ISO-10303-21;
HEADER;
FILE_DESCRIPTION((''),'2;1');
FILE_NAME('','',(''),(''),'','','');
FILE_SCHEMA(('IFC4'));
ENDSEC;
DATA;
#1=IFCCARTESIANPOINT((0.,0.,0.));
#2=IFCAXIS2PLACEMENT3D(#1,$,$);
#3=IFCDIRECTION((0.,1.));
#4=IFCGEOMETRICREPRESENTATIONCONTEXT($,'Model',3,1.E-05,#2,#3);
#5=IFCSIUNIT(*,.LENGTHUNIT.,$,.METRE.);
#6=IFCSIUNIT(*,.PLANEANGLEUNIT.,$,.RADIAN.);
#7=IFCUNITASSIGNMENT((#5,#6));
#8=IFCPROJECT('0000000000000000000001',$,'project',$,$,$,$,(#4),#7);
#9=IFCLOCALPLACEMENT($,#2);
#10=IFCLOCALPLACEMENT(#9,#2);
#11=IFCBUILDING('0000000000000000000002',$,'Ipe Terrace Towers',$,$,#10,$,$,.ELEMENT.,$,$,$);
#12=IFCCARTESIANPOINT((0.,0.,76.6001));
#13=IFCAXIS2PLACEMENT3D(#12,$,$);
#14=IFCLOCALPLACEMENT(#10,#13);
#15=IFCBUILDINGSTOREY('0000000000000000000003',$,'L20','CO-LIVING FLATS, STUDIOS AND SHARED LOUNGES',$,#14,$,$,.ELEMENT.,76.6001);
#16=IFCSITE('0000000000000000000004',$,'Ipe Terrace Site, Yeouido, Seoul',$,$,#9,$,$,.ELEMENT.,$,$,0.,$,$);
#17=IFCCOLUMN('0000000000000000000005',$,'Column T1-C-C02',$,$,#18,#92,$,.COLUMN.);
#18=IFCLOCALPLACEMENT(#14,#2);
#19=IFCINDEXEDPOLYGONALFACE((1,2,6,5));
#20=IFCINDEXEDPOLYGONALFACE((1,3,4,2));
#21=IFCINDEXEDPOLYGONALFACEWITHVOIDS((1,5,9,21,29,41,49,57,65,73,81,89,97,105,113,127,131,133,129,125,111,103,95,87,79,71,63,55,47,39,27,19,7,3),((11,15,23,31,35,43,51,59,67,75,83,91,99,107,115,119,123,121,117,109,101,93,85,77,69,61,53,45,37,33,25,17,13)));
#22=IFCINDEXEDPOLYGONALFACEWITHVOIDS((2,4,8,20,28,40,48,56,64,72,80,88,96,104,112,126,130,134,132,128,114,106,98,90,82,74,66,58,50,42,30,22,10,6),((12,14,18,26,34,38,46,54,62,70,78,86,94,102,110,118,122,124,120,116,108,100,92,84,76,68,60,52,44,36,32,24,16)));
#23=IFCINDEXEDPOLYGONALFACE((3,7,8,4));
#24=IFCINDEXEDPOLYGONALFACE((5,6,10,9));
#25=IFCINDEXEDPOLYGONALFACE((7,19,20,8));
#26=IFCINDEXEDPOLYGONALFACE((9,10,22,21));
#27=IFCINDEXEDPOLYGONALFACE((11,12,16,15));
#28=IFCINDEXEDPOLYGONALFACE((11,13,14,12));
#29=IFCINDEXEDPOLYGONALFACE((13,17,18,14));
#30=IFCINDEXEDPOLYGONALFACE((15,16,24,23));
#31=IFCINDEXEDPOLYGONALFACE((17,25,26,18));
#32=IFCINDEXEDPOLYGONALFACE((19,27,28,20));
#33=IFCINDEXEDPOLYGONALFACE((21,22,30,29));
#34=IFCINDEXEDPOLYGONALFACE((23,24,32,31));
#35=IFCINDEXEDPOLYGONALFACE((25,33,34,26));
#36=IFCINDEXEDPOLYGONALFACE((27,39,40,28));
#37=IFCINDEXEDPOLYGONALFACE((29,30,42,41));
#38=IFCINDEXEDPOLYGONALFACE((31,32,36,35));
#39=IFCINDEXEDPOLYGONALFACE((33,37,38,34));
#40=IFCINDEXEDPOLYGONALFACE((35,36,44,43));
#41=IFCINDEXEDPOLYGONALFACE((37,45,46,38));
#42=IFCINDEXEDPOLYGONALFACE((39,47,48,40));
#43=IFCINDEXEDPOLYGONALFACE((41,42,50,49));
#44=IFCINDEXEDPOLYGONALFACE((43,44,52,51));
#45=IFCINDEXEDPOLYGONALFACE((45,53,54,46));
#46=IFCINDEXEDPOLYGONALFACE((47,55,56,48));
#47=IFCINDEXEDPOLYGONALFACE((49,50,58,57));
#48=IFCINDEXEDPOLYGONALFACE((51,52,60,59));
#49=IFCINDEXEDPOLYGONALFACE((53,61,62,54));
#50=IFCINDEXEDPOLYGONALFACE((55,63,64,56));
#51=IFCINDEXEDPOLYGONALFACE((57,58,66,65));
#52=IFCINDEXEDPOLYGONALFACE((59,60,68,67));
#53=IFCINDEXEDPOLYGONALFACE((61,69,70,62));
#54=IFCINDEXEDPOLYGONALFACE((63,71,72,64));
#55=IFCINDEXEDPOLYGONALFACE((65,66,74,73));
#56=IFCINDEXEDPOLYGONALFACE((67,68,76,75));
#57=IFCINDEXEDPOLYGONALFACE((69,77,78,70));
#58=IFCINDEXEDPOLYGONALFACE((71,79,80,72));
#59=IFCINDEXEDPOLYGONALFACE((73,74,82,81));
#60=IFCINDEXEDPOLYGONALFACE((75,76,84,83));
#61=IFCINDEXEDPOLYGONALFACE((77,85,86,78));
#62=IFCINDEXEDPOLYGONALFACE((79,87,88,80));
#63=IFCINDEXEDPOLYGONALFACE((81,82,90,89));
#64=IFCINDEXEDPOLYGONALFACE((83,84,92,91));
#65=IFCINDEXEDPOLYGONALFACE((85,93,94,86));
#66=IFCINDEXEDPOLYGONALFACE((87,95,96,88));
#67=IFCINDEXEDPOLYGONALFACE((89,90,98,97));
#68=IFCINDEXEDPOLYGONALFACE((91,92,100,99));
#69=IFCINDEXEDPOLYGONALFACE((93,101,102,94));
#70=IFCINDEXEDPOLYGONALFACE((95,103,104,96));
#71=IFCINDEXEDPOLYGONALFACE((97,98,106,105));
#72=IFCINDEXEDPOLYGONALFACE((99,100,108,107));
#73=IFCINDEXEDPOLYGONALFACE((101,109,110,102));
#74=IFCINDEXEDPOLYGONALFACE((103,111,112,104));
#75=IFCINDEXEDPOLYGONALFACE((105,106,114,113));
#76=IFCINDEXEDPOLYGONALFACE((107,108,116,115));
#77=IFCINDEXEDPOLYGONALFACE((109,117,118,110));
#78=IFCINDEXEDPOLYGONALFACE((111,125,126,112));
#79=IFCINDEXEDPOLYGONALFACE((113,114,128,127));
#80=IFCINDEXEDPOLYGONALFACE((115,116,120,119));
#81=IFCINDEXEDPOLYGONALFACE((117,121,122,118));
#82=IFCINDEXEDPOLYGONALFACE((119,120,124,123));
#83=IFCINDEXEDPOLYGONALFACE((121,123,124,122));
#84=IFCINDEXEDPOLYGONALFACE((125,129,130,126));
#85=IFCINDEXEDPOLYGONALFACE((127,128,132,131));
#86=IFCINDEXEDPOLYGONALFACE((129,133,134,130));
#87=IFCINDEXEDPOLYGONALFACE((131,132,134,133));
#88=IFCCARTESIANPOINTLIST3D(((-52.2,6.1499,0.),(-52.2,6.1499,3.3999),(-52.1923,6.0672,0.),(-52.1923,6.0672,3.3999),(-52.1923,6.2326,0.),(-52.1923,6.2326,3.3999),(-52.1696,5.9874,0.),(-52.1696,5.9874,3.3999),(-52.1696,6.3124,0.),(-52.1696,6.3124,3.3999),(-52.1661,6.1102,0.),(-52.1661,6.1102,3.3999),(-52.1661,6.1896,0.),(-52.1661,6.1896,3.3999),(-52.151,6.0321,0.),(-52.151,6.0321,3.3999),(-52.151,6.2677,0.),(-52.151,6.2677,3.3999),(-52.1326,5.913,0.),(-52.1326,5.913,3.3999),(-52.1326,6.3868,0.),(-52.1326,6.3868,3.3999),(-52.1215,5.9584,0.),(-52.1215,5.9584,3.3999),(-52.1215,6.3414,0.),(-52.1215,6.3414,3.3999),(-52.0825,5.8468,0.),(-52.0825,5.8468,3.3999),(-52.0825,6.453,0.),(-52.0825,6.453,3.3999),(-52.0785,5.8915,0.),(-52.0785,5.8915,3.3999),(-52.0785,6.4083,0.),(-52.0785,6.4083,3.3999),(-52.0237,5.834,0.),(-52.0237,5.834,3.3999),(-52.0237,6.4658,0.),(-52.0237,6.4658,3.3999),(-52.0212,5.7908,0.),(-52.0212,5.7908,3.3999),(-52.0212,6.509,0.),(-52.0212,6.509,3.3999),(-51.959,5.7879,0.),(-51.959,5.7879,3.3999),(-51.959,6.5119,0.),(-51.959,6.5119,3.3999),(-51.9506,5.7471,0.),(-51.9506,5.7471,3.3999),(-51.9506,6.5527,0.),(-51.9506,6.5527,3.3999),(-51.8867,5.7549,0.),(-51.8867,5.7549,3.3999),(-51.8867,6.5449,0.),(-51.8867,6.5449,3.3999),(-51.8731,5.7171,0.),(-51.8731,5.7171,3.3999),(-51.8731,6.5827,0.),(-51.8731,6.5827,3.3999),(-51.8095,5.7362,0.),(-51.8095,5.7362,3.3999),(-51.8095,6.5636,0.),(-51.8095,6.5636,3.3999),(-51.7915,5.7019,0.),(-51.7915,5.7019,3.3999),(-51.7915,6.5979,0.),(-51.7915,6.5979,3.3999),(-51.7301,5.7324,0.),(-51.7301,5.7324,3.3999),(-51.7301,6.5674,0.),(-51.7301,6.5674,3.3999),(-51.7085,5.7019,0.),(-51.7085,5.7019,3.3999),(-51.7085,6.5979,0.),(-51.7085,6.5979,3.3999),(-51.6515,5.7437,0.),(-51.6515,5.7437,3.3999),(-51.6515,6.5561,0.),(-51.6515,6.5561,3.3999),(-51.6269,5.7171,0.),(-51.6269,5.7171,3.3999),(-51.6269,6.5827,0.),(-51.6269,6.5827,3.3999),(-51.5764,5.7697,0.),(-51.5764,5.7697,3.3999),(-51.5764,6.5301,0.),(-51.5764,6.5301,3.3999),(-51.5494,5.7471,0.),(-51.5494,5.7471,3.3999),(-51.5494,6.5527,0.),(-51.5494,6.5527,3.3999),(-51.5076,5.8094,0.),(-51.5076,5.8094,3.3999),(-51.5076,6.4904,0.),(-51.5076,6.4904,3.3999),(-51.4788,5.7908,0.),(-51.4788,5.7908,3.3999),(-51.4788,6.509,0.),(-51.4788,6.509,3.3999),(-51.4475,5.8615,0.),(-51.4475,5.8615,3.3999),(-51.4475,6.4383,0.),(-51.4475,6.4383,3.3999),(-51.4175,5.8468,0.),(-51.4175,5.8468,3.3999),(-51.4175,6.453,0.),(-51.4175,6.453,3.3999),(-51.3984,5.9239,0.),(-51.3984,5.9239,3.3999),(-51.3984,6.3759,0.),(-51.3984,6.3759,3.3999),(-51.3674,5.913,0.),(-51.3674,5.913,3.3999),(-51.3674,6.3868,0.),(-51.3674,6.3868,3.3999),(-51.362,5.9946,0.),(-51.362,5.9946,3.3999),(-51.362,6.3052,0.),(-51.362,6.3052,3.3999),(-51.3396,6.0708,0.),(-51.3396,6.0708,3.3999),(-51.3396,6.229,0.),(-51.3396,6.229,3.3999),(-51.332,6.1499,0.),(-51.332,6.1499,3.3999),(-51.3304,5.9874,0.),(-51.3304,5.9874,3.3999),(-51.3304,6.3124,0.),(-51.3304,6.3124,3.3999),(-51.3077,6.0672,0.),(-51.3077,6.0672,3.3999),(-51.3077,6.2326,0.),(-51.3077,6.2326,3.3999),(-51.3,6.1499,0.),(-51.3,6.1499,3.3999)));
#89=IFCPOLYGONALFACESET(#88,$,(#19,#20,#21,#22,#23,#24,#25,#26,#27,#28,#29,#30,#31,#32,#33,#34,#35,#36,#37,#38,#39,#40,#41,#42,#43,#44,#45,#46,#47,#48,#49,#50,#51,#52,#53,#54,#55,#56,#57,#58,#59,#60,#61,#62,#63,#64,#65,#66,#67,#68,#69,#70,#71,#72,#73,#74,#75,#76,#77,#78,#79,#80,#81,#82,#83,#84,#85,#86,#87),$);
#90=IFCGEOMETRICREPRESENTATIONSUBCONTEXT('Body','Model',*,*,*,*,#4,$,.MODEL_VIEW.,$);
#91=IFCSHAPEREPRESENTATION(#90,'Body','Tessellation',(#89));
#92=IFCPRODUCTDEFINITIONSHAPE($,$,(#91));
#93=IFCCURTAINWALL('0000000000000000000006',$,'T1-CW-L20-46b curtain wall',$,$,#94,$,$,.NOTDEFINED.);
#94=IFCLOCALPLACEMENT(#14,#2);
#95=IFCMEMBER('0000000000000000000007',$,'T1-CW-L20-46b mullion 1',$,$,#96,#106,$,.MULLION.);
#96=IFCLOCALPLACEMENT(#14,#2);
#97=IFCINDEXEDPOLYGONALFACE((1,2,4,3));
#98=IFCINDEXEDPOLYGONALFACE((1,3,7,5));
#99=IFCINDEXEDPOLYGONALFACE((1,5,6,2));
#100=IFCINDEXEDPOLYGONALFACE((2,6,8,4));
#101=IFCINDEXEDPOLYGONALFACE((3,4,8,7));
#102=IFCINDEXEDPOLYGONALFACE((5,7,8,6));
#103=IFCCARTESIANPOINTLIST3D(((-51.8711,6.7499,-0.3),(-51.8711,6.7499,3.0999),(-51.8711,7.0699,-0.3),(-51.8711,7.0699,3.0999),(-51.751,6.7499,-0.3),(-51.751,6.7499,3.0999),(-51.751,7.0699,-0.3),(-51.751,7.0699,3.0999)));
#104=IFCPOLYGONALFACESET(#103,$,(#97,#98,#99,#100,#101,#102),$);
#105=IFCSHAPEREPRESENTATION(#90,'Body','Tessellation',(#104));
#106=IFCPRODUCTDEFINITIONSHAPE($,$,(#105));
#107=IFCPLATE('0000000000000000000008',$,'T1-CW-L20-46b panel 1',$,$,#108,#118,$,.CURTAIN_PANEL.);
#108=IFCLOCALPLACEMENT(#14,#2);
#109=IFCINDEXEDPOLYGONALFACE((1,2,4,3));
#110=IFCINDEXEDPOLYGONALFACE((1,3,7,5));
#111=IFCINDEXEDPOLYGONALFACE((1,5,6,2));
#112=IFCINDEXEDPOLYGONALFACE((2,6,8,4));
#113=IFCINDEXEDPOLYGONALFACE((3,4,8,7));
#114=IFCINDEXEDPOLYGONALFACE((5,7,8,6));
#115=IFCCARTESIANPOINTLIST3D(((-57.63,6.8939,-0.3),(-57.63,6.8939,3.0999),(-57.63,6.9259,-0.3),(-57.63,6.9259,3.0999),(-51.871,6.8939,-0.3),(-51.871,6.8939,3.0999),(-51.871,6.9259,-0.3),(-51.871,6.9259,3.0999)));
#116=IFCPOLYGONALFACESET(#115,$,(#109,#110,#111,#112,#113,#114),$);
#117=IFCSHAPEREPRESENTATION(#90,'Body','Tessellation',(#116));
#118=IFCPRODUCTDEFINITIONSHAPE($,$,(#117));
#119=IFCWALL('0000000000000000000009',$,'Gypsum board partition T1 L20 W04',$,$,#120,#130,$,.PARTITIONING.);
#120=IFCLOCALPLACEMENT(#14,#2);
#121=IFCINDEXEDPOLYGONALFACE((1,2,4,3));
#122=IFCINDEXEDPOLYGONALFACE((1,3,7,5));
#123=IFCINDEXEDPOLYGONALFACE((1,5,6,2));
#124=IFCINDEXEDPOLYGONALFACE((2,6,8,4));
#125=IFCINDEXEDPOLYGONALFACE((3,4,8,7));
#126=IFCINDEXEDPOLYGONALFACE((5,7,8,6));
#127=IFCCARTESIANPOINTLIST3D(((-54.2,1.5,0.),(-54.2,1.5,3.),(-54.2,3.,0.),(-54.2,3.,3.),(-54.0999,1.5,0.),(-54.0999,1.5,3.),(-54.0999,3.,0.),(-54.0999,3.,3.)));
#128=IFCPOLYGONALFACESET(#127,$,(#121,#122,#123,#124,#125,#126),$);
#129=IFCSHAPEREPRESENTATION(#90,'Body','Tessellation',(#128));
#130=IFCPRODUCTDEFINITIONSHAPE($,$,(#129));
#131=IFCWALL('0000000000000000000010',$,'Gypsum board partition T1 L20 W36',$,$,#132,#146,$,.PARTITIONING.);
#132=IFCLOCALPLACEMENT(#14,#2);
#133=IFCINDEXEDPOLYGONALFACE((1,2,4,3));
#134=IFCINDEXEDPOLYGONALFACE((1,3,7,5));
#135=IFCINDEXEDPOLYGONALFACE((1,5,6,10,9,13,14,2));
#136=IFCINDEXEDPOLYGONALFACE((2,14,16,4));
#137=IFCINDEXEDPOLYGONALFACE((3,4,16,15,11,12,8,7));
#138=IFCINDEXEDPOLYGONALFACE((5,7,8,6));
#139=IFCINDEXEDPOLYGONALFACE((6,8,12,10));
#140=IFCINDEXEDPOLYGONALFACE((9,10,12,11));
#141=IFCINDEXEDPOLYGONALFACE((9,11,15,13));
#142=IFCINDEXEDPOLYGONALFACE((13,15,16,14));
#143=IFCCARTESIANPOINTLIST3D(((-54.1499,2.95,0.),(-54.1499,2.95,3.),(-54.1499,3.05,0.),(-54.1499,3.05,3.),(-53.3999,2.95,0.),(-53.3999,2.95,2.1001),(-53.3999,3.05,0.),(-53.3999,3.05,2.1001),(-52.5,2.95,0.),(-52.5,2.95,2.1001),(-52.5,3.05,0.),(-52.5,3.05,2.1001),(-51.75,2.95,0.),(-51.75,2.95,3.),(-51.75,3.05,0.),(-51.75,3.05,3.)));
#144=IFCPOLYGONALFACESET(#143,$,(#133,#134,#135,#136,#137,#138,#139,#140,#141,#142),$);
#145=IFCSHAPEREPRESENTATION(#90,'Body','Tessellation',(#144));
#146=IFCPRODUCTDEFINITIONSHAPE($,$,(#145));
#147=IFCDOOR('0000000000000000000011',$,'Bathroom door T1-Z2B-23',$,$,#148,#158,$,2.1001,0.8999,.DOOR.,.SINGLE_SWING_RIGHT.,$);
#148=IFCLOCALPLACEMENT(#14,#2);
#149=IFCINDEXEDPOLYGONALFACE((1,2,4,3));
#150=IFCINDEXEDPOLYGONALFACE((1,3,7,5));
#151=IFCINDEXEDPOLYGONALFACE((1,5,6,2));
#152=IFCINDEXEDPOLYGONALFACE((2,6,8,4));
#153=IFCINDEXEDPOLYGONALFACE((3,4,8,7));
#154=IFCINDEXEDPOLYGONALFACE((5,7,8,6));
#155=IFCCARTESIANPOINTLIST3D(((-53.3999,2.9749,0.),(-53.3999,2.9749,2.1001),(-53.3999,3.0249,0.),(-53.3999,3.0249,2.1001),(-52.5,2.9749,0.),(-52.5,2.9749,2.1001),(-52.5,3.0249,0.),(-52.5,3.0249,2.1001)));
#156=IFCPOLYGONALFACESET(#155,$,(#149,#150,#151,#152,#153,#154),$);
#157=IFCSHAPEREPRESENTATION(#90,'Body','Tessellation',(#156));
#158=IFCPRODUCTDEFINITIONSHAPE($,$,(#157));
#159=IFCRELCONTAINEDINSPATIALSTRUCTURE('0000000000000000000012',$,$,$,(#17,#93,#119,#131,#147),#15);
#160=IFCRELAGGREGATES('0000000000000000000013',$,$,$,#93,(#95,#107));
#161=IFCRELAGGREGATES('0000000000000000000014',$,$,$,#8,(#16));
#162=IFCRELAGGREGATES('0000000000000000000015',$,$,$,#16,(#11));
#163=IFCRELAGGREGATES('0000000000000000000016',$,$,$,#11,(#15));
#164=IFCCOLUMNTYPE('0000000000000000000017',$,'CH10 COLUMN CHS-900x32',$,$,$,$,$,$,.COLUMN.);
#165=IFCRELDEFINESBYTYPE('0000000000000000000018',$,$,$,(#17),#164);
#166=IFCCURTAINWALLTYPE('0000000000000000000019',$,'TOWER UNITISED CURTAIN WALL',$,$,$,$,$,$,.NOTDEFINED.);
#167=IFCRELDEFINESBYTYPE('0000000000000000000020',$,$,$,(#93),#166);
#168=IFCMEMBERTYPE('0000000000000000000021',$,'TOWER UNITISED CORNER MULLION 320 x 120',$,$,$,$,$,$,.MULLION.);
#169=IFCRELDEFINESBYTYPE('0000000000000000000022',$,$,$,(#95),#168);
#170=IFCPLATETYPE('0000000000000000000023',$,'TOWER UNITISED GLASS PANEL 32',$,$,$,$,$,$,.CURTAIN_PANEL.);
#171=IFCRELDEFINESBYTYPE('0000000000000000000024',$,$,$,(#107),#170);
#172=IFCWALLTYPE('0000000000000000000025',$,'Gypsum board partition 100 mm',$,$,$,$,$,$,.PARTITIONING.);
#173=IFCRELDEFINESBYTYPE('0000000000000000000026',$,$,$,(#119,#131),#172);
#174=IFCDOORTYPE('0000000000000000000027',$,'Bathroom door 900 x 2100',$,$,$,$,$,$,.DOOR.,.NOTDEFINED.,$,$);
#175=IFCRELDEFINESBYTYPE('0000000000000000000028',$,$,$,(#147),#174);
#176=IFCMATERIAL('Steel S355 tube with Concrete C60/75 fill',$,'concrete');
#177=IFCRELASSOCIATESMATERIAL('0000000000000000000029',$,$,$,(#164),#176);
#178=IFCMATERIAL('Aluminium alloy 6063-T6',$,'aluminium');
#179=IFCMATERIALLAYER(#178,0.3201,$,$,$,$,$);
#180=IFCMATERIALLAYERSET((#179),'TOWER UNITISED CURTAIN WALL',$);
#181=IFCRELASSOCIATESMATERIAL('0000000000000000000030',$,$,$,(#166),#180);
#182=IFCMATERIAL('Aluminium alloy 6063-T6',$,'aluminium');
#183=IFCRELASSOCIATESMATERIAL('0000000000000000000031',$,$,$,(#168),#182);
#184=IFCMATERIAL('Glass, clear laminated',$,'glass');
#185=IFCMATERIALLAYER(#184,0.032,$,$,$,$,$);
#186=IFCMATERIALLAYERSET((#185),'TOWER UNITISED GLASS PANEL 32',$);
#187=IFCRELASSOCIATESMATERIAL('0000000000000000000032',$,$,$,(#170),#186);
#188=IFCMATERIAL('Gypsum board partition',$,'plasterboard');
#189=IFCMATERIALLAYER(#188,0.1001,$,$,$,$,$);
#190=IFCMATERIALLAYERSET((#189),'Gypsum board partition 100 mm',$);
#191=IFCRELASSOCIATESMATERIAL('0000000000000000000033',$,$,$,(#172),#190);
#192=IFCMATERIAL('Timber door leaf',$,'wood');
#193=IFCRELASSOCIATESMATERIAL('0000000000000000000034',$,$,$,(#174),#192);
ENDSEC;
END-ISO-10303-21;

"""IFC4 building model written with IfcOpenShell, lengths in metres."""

from ifc_helpers import new_model, si_unit, direction, frame, frame_2d, origin, origin_2d, place, context, subcontext, project, spatial, rectangle, hollow_circle, extrude, material, layer, layer_set, material_profile, profile_set, type_object, element, fill, aggregate, save


model = new_model("IFC4")

# Units and contexts
model_context = context("Model", 3, precision=1e-05, world=origin(), true_north=direction((0.0, 1.0)))
body_context = subcontext(model_context, "Body", "Model", "MODEL_VIEW")
ifc_project = project(units=[si_unit("LENGTHUNIT", "METRE"), si_unit("PLANEANGLEUNIT", "RADIAN")], contexts=[model_context])

# Site, building, storey
site_placement = place(None, origin())
site = spatial("IfcSite", under=ifc_project, at=site_placement, Name="Ipe Terrace Site, Yeouido, Seoul", CompositionType="ELEMENT", RefElevation=0.0)
building_placement = place(site_placement, origin())
building = spatial("IfcBuilding", under=site, at=building_placement, Name="Ipe Terrace Towers", CompositionType="ELEMENT")
storey_placement = place(building_placement, frame((0.0, 0.0, 76.6001)))
storey = spatial("IfcBuildingStorey", under=building, at=storey_placement, Name="L20", Description="CO-LIVING FLATS, STUDIOS AND SHARED LOUNGES", CompositionType="ELEMENT", Elevation=76.6001)

# Column
ifc_material_1 = material(Name="Steel S355 tube with Concrete C60/75 fill", Category="concrete")
ifc_material_profile_1 = material_profile(ifc_material_1, hollow_circle(Radius=0.45, WallThickness=0.032, at=origin_2d()), Name="CHS-900x32")
ifc_profile_set_1 = profile_set([ifc_material_profile_1], Name="Steel S355 tube with Concrete C60/75 fill")
column_type = type_object("IfcColumnType", Name="CH10 COLUMN CHS-900x32", PredefinedType="COLUMN", material=ifc_profile_set_1)
column_placement = place(storey_placement, frame((-51.75, 6.1499, 0.0), z_axis=(0.0, 0.0, 1.0), x_axis=(1.0, 0.0, 0.0)))
element("IfcColumn", 1, at=column_placement, inside=storey, type_object=column_type, Name="Column T1-C-C02", PredefinedType="COLUMN", context=body_context, shape_type="SweptSolid", body=[
    extrude(hollow_circle(Radius=0.45, WallThickness=0.032, at=origin_2d()), origin(), (0.0, 0.0, 1.0), 3.3999),
])

# Curtain wall, member, plate
ifc_material_2 = material(Name="Aluminium alloy 6063-T6", Category="aluminium")
ifc_layer_1 = layer(ifc_material_2, 0.3201)
ifc_layer_set_1 = layer_set([ifc_layer_1], Name="TOWER UNITISED CURTAIN WALL")
curtain_wall_type = type_object("IfcCurtainWallType", Name="TOWER UNITISED CURTAIN WALL", PredefinedType="NOTDEFINED", material=ifc_layer_set_1)
curtain_wall_placement = place(storey_placement, origin())
curtain_wall = element("IfcCurtainWall", 2, at=curtain_wall_placement, inside=storey, type_object=curtain_wall_type, Name="T1-CW-L20-46b curtain wall", PredefinedType="NOTDEFINED")
ifc_material_3 = material(Name="Aluminium alloy 6063-T6", Category="aluminium")
ifc_material_profile_2 = material_profile(ifc_material_3, rectangle(XDim=0.3201, YDim=0.1201, at=origin_2d()), Name="TOWER UNITISED CORNER MULLION 320 x 120")
ifc_profile_set_2 = profile_set([ifc_material_profile_2], Name="Aluminium alloy 6063-T6")
member_type = type_object("IfcMemberType", Name="TOWER UNITISED CORNER MULLION 320 x 120", PredefinedType="MULLION", material=ifc_profile_set_2)
member_placement = place(storey_placement, frame((-51.811, 6.9099, -0.3), z_axis=(0.0, 0.0, 1.0), x_axis=(0.0, 1.0, 0.0)))
member = element("IfcMember", 3, at=member_placement, type_object=member_type, Name="T1-CW-L20-46b mullion 1", PredefinedType="MULLION", context=body_context, shape_type="SweptSolid", body=[
    extrude(rectangle(XDim=0.3201, YDim=0.1201, at=origin_2d()), origin(), (0.0, 0.0, 1.0), 3.3999),
])
ifc_material_4 = material(Name="Glass, clear laminated", Category="glass")
ifc_layer_2 = layer(ifc_material_4, 0.032)
ifc_layer_set_2 = layer_set([ifc_layer_2], Name="TOWER UNITISED GLASS PANEL 32")
plate_type = type_object("IfcPlateType", Name="TOWER UNITISED GLASS PANEL 32", PredefinedType="CURTAIN_PANEL", material=ifc_layer_set_2)
plate_placement = place(storey_placement, frame((-54.7505, 6.9099, -0.3), z_axis=(0.0, 0.0, 1.0), x_axis=(-1.0, 0.0, 0.0)))
plate = element("IfcPlate", 4, at=plate_placement, type_object=plate_type, Name="T1-CW-L20-46b panel 1", PredefinedType="CURTAIN_PANEL", context=body_context, shape_type="SweptSolid", body=[
    extrude(rectangle(XDim=5.759, YDim=0.032, at=origin_2d()), origin(), (0.0, 0.0, 1.0), 3.3999),
])
aggregate(curtain_wall, [member, plate])

# Wall
ifc_material_5 = material(Name="Gypsum board partition", Category="plasterboard")
ifc_layer_3 = layer(ifc_material_5, 0.1001)
ifc_layer_set_3 = layer_set([ifc_layer_3], Name="Gypsum board partition 100 mm")
wall_type_1 = type_object("IfcWallType", Name="Gypsum board partition 100 mm", PredefinedType="PARTITIONING", material=ifc_layer_set_3)
wall_1_placement = place(storey_placement, frame((-54.1499, 1.5, 0.0), z_axis=(0.0, 0.0, 1.0), x_axis=(0.0, 1.0, 0.0)))
element("IfcWall", 5, at=wall_1_placement, inside=storey, type_object=wall_type_1, Name="Gypsum board partition T1 L20 W04", PredefinedType="PARTITIONING", context=body_context, shape_type="SweptSolid", body=[
    extrude(rectangle(XDim=1.5, YDim=0.1001, at=frame_2d((0.75, 0.0))), origin(), (0.0, 0.0, 1.0), 3.0),
])

# Wall, opening, door
wall_2_placement = place(storey_placement, frame((-54.1499, 3.0, 0.0), z_axis=(0.0, 0.0, 1.0), x_axis=(1.0, 0.0, 0.0)))
wall_2 = element("IfcWall", 6, at=wall_2_placement, inside=storey, type_object=wall_type_1, Name="Gypsum board partition T1 L20 W36", PredefinedType="PARTITIONING", context=body_context, shape_type="SweptSolid", body=[
    extrude(rectangle(XDim=2.3999, YDim=0.1001, at=frame_2d((1.2, 0.0))), origin(), (0.0, 0.0, 1.0), 3.0),
])
opening_1_placement = place(wall_2_placement, frame((0.75, 0.0, 0.0)))
opening_1 = element("IfcOpeningElement", 7, at=opening_1_placement, cuts=wall_2, PredefinedType="OPENING", context=body_context, shape_type="SweptSolid", body=[
    extrude(rectangle(XDim=0.8999, YDim=2.1001, at=frame_2d((0.45, 1.05))), frame((0.0, 0.0601, 0.0), z_axis=(0.0, -1.0, 0.0), x_axis=(1.0, 0.0, 0.0)), (0.0, 0.0, 1.0), 0.1201),
])
ifc_material_6 = material(Name="Timber door leaf", Category="wood")
door_type_1 = type_object("IfcDoorType", Name="Bathroom door 900 x 2100", OperationType="NOTDEFINED", PredefinedType="DOOR", material=ifc_material_6)
door_1_placement = place(opening_1_placement, origin())
door_1 = element("IfcDoor", 8, at=door_1_placement, inside=storey, type_object=door_type_1, Name="Bathroom door T1-Z2B-23", OperationType="SINGLE_SWING_RIGHT", OverallHeight=2.1001, OverallWidth=0.8999, PredefinedType="DOOR", context=body_context, shape_type="SweptSolid", body=[
    extrude(rectangle(XDim=0.8999, YDim=2.1001, at=frame_2d((0.45, 1.05))), frame((0.0, 0.0249, 0.0), z_axis=(0.0, -1.0, 0.0), x_axis=(1.0, 0.0, 0.0)), (0.0, 0.0, 1.0), 0.05),
])
fill(opening_1, door_1)

save(model, "model.ifc")
